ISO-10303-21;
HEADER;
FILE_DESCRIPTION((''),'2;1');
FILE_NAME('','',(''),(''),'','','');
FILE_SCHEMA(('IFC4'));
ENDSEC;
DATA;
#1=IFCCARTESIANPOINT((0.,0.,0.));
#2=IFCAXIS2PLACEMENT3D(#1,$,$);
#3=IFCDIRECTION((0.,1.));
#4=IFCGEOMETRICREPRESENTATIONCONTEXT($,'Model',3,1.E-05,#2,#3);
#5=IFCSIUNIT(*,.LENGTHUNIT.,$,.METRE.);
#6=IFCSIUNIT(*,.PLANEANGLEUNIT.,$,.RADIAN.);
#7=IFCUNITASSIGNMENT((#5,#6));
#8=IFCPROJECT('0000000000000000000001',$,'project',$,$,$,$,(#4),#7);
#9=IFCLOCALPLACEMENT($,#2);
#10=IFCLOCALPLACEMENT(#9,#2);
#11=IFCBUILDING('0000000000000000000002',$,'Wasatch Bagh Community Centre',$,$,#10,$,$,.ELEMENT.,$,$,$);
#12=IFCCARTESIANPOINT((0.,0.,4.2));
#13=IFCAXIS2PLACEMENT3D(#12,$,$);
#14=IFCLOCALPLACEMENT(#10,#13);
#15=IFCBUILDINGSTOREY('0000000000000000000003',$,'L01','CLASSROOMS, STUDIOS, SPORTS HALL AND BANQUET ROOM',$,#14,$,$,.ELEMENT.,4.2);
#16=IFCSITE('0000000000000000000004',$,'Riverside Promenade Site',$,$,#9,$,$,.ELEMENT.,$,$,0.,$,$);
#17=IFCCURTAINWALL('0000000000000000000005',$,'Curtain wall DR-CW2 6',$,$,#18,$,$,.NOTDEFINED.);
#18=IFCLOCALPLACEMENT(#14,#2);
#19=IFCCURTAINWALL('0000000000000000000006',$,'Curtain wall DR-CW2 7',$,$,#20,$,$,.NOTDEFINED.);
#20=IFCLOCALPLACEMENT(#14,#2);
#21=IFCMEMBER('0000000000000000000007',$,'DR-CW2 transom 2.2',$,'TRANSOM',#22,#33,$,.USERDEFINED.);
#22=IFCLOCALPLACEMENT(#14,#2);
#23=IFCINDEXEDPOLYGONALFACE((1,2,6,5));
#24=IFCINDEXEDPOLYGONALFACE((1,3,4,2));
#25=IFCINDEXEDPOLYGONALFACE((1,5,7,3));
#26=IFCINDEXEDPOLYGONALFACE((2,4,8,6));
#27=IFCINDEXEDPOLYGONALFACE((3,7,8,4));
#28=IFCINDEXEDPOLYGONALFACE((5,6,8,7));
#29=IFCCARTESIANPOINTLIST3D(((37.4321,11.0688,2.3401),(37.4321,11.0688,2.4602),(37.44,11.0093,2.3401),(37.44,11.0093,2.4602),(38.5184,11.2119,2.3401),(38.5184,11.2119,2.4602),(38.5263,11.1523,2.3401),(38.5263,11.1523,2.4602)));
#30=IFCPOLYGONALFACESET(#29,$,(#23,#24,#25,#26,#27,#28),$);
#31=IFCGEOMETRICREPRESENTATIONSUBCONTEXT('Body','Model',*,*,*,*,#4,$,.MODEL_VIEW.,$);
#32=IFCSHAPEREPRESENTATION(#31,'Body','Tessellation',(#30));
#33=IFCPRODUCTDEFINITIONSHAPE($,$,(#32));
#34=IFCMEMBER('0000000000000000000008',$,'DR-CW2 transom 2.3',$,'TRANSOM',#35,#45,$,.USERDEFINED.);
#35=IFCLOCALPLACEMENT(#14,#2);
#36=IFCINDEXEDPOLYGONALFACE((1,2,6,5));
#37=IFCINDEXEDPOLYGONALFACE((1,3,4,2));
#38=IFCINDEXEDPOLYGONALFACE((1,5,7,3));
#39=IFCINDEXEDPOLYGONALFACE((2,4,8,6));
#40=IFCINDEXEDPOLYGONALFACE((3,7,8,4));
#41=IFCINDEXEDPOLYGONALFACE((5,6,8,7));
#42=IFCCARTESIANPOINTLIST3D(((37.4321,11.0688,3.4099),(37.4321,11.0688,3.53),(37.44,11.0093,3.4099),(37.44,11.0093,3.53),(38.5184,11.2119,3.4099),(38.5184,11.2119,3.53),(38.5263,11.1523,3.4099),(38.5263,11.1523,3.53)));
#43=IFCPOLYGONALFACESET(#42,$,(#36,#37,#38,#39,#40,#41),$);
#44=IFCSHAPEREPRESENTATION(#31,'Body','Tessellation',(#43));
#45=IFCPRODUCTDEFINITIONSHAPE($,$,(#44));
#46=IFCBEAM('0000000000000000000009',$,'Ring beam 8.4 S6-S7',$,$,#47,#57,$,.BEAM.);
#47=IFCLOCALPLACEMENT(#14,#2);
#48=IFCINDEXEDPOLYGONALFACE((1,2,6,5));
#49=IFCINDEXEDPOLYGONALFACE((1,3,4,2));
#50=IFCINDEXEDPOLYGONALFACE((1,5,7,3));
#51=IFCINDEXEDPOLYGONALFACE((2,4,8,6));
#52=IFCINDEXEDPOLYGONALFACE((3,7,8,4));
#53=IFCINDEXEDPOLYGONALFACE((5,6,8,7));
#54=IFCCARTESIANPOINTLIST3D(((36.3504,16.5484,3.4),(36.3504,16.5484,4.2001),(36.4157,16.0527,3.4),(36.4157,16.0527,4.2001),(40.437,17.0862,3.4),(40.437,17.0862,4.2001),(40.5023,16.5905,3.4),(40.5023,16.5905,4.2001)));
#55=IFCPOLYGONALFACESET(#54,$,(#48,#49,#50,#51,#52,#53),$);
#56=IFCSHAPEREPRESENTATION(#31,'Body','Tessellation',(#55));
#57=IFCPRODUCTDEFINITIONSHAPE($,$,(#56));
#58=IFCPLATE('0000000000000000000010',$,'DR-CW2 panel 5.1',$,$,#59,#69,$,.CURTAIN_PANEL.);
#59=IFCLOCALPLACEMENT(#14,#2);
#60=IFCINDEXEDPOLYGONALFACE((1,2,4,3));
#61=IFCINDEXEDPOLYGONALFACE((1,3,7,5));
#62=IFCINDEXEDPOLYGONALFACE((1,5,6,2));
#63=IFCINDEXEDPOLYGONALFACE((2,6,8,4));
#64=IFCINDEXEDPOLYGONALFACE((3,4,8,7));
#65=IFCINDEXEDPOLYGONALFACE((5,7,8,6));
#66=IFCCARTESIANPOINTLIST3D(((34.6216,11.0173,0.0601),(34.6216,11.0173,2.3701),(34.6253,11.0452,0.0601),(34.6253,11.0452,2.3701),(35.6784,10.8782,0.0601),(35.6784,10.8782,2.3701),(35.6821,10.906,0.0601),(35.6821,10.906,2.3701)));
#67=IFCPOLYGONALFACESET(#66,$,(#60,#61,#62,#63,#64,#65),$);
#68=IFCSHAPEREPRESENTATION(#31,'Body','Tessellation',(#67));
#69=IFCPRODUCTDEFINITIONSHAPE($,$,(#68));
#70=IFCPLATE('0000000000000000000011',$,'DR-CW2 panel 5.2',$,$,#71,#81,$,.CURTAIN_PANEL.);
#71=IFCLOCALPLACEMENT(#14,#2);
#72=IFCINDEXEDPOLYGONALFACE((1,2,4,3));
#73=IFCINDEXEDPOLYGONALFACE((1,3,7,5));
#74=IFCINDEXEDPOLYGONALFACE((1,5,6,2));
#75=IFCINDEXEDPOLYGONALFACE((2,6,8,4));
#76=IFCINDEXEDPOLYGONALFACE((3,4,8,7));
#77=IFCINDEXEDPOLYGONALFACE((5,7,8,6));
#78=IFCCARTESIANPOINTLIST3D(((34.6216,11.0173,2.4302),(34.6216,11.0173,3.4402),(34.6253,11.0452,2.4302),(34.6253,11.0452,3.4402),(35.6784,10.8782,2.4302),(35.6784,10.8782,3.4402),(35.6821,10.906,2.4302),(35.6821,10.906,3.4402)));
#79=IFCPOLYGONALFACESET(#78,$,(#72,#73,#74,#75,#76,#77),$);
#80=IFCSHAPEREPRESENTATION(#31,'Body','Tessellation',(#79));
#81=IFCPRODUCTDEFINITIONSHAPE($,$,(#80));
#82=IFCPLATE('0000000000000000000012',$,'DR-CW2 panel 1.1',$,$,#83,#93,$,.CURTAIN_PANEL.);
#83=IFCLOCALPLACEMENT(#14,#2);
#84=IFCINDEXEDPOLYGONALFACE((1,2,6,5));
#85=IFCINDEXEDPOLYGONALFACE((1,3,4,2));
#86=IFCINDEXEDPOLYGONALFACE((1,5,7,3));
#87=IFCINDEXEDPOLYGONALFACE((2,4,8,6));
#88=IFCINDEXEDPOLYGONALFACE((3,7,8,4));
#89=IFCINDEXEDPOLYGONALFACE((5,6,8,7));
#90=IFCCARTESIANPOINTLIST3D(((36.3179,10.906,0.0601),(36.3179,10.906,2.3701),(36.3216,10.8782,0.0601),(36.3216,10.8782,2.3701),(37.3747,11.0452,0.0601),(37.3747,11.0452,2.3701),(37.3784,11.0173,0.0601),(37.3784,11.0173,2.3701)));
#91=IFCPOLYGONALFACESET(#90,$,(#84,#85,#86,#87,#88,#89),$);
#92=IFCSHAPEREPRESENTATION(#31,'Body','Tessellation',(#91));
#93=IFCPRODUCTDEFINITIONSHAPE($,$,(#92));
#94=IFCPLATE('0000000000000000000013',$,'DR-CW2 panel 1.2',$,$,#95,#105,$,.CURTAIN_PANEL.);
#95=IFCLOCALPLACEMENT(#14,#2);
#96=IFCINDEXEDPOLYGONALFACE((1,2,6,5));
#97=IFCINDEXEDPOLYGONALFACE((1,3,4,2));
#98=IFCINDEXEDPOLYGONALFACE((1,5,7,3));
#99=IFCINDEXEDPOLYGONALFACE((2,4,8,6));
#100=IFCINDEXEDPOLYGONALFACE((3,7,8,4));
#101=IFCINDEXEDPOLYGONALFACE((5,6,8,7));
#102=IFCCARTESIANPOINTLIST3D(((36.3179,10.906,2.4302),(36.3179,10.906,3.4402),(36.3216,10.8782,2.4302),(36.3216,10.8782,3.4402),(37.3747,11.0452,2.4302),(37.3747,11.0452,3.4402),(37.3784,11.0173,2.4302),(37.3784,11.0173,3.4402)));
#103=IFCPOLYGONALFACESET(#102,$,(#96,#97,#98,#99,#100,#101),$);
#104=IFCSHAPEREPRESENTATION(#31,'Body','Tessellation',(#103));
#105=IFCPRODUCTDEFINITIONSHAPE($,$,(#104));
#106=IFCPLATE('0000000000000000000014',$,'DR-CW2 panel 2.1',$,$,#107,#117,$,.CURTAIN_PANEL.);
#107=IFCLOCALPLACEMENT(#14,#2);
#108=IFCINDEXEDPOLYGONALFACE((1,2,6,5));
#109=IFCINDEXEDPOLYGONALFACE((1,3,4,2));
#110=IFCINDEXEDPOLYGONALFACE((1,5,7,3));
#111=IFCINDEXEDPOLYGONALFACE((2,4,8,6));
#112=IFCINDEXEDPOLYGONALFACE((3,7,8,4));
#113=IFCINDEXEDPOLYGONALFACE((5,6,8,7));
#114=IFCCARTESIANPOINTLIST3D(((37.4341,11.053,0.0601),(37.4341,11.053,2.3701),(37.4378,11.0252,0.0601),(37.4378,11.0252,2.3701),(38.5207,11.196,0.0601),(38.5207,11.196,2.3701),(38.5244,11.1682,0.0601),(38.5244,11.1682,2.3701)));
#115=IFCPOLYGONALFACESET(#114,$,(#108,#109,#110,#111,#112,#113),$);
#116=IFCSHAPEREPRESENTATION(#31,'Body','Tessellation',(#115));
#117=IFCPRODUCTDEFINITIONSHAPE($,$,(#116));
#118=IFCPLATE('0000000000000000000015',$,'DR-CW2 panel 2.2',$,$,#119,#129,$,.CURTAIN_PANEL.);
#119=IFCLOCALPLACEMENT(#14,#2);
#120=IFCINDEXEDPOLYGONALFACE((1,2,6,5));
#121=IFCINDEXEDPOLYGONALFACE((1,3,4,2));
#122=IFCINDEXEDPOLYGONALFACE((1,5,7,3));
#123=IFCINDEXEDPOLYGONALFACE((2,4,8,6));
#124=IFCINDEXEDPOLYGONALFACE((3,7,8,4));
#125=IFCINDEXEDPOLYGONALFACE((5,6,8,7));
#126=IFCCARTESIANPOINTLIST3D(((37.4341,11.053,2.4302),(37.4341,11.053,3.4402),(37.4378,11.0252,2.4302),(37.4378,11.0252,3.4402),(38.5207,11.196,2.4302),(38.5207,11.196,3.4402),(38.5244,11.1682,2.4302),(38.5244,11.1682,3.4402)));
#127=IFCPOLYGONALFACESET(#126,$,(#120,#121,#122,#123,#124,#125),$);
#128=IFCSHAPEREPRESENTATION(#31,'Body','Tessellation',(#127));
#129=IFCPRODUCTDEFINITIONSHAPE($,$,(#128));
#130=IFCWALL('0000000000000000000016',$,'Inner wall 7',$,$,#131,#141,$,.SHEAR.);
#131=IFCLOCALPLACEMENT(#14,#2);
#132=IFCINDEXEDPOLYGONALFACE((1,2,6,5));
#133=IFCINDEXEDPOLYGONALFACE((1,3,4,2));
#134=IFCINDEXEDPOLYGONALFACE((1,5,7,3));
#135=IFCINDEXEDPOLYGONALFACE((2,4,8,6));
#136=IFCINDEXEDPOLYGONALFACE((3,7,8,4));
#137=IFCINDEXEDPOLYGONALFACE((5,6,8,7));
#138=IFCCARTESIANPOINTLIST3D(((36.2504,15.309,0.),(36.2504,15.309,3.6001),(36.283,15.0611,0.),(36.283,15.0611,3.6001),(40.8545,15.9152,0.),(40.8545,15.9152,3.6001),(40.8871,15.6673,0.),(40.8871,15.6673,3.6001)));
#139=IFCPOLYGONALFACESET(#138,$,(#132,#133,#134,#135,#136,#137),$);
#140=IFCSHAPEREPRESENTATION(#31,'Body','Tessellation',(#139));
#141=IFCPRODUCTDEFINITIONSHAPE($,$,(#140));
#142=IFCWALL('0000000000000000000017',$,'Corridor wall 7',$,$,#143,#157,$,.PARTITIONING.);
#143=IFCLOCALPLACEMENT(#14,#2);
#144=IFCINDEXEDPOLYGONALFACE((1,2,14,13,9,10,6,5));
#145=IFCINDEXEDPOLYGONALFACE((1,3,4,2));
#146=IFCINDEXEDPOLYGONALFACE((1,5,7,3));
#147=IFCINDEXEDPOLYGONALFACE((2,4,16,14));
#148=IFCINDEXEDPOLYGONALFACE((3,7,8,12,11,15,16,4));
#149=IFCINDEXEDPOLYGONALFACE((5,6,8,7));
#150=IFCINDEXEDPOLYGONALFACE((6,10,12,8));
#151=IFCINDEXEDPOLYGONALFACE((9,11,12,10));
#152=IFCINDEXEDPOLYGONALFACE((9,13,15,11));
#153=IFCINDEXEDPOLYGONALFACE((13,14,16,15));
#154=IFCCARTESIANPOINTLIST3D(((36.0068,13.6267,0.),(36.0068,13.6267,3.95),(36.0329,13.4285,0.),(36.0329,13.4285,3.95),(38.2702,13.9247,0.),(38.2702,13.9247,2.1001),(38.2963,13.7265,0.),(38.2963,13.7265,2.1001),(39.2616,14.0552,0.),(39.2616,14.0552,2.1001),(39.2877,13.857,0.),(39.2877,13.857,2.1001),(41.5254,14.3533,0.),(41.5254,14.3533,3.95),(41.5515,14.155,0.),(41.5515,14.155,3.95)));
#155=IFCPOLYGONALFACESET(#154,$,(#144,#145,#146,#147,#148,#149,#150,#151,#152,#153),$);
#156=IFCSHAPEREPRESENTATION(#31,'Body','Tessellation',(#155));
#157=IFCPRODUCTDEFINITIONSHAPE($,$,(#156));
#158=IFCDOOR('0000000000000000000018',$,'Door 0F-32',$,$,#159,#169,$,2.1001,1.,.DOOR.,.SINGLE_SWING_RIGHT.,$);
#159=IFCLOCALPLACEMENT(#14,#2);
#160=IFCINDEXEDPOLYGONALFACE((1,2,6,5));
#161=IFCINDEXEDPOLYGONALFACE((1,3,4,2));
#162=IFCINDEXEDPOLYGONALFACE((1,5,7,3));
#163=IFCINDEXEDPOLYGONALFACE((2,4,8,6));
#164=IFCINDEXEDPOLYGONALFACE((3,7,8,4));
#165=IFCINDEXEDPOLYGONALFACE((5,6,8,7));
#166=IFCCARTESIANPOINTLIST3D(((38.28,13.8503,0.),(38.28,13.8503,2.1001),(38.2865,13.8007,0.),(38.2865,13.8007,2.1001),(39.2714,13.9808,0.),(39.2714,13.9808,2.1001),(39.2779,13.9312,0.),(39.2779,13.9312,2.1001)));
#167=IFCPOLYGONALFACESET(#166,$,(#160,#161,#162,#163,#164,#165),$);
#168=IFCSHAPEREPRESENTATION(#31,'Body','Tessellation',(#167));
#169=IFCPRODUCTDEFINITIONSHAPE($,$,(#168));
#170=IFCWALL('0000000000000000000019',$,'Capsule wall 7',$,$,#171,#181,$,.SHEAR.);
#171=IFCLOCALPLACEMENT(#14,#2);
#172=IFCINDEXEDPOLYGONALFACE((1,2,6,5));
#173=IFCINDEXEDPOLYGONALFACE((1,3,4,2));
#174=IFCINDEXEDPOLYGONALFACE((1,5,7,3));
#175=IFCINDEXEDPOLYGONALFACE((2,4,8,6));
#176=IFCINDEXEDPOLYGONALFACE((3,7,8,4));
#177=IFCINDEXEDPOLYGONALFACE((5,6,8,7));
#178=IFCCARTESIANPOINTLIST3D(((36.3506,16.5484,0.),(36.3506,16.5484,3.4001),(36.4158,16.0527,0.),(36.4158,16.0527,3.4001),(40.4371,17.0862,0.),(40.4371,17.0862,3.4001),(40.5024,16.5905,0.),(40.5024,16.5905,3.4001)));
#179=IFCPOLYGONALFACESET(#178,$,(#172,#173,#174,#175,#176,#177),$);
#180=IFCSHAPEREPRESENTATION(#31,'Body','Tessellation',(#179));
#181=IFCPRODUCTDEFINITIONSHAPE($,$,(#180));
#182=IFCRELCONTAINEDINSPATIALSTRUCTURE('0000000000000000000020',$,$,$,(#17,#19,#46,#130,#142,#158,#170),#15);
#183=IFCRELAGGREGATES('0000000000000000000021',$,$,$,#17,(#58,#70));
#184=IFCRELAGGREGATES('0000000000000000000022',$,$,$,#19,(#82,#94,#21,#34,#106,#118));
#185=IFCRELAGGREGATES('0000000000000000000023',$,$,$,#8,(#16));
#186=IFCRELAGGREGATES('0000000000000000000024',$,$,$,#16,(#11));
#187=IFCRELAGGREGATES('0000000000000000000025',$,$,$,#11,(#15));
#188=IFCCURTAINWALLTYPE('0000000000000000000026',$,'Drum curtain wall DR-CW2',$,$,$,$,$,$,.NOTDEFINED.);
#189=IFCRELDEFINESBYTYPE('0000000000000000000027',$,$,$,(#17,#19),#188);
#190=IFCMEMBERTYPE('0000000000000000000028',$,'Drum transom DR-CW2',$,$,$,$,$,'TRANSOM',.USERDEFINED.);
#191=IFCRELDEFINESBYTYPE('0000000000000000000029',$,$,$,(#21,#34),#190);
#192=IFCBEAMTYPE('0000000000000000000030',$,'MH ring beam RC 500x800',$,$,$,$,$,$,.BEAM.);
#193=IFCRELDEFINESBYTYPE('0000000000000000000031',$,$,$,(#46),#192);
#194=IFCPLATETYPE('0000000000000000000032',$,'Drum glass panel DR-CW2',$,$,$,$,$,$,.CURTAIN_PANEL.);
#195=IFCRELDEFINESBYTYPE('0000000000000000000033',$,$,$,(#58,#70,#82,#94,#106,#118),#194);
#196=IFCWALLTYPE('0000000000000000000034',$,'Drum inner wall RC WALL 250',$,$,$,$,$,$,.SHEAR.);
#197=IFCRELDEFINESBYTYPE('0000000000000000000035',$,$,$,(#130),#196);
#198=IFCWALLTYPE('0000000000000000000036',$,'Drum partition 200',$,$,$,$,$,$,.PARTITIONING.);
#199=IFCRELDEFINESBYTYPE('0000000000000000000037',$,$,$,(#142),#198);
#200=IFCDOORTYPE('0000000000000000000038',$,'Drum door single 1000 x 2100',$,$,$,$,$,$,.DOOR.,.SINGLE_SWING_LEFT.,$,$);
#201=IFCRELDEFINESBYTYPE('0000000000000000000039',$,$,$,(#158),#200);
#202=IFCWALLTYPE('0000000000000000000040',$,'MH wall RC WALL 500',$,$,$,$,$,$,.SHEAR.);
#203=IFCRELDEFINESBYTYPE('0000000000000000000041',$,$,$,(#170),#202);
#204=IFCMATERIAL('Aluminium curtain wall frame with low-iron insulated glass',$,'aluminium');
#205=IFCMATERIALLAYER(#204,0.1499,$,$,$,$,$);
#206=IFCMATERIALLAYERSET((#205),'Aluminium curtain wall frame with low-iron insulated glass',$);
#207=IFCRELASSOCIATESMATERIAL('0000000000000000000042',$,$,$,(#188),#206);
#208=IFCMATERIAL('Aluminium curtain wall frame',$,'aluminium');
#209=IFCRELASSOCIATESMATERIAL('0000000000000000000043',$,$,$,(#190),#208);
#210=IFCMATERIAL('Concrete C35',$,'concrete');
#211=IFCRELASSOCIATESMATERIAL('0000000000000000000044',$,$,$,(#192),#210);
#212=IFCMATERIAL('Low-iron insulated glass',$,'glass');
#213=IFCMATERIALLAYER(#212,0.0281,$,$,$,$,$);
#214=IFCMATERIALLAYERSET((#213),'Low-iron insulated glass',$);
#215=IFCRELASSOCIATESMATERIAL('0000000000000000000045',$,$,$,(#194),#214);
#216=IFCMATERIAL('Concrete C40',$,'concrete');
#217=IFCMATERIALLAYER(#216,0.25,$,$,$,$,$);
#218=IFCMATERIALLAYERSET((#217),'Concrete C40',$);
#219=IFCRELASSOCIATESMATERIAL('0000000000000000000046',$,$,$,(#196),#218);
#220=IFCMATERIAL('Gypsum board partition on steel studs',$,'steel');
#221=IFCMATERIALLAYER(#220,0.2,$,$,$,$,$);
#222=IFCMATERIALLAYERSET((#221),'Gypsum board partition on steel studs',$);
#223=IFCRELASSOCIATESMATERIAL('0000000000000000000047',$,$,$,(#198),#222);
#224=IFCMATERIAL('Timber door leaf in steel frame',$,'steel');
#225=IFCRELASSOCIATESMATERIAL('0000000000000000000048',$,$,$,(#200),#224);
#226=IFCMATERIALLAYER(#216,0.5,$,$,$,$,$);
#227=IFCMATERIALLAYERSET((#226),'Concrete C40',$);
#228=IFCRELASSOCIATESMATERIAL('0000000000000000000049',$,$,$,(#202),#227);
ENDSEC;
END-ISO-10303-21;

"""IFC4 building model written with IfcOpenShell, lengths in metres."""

from ifc_helpers import new_model, si_unit, direction, frame, frame_2d, origin, origin_2d, place, context, subcontext, project, spatial, rectangle, extrude, material, layer, layer_set, material_profile, profile_set, type_object, element, fill, aggregate, save


model = new_model("IFC4")

# Units and contexts
model_context = context("Model", 3, precision=1e-05, world=origin(), true_north=direction((0.0, 1.0)))
body_context = subcontext(model_context, "Body", "Model", "MODEL_VIEW")
ifc_project = project(units=[si_unit("LENGTHUNIT", "METRE"), si_unit("PLANEANGLEUNIT", "RADIAN")], contexts=[model_context])

# Site, building, storey
site_placement = place(None, origin())
site = spatial("IfcSite", under=ifc_project, at=site_placement, Name="Riverside Promenade Site", CompositionType="ELEMENT", RefElevation=0.0)
building_placement = place(site_placement, origin())
building = spatial("IfcBuilding", under=site, at=building_placement, Name="Wasatch Bagh Community Centre", CompositionType="ELEMENT")
storey_placement = place(building_placement, frame((0.0, 0.0, 4.2)))
storey = spatial("IfcBuildingStorey", under=building, at=storey_placement, Name="L01", Description="CLASSROOMS, STUDIOS, SPORTS HALL AND BANQUET ROOM", CompositionType="ELEMENT", Elevation=4.2)

# Shared definitions
ifc_material_1 = material(Name="Concrete C40", Category="concrete")

# Curtain wall
ifc_material_2 = material(Name="Aluminium curtain wall frame with low-iron insulated glass", Category="aluminium")
ifc_layer_1 = layer(ifc_material_2, 0.1499)
ifc_layer_set_1 = layer_set([ifc_layer_1], Name="Aluminium curtain wall frame with low-iron insulated glass")
curtain_wall_type = type_object("IfcCurtainWallType", Name="Drum curtain wall DR-CW2", PredefinedType="NOTDEFINED", material=ifc_layer_set_1)
curtain_wall_1_placement = place(storey_placement, origin())
curtain_wall_1 = element("IfcCurtainWall", 1, at=curtain_wall_1_placement, inside=storey, type_object=curtain_wall_type, Name="Curtain wall DR-CW2 6", PredefinedType="NOTDEFINED")
ifc_material_3 = material(Name="Aluminium curtain wall frame", Category="aluminium")

# Curtain wall
curtain_wall_2_placement = place(storey_placement, origin())
curtain_wall_2 = element("IfcCurtainWall", 2, at=curtain_wall_2_placement, inside=storey, type_object=curtain_wall_type, Name="Curtain wall DR-CW2 7", PredefinedType="NOTDEFINED")

# Shared definitions
ifc_material_4 = material(Name="Concrete C35", Category="concrete")

# Members
ifc_material_profile_1 = material_profile(ifc_material_3, rectangle(XDim=0.0601, YDim=0.1201, at=origin_2d()), Name="Drum transom DR-CW2")
ifc_profile_set_1 = profile_set([ifc_material_profile_1], Name="Aluminium curtain wall frame")
member_type_1 = type_object("IfcMemberType", Name="Drum transom DR-CW2", ElementType="TRANSOM", PredefinedType="USERDEFINED", material=ifc_profile_set_1)
member_1_placement = place(storey_placement, frame((37.436, 11.0391, 2.4001), z_axis=(0.991441, 0.130558, 0.0), x_axis=(-0.130558, 0.991441, 0.0)))
member_1 = element("IfcMember", 3, at=member_1_placement, type_object=member_type_1, Name="DR-CW2 transom 2.2", ObjectType="TRANSOM", PredefinedType="USERDEFINED", context=body_context, shape_type="SweptSolid", body=[
    extrude(rectangle(XDim=0.0601, YDim=0.1201, at=origin_2d()), origin(), (0.0, 0.0, 1.0), 1.0957),
])
member_2_placement = place(storey_placement, frame((37.436, 11.0391, 3.47), z_axis=(0.991441, 0.130558, 0.0), x_axis=(-0.130558, 0.991441, 0.0)))
member_2 = element("IfcMember", 4, at=member_2_placement, type_object=member_type_1, Name="DR-CW2 transom 2.3", ObjectType="TRANSOM", PredefinedType="USERDEFINED", context=body_context, shape_type="SweptSolid", body=[
    extrude(rectangle(XDim=0.0601, YDim=0.1201, at=origin_2d()), origin(), (0.0, 0.0, 1.0), 1.0957),
])

# Beam
ifc_material_profile_2 = material_profile(ifc_material_4, rectangle(XDim=0.5, YDim=0.8, at=origin_2d()), Name="RC 500x800")
ifc_profile_set_2 = profile_set([ifc_material_profile_2], Name="Concrete C35")
beam_type_1 = type_object("IfcBeamType", Name="MH ring beam RC 500x800", PredefinedType="BEAM", material=ifc_profile_set_2)
beam_1_placement = place(storey_placement, frame((36.3831, 16.3005, 3.8), z_axis=(0.99145, 0.130484, 0.0), x_axis=(-0.130484, 0.99145, 0.0)))
element("IfcBeam", 5, at=beam_1_placement, inside=storey, type_object=beam_type_1, Name="Ring beam 8.4 S6-S7", PredefinedType="BEAM", context=body_context, shape_type="SweptSolid", body=[
    extrude(rectangle(XDim=0.5, YDim=0.8, at=origin_2d()), origin(), (0.0, 0.0, 1.0), 4.1218),
])

# Plates
ifc_material_5 = material(Name="Low-iron insulated glass", Category="glass")
ifc_layer_2 = layer(ifc_material_5, 0.0281)
ifc_layer_set_2 = layer_set([ifc_layer_2], Name="Low-iron insulated glass")
plate_type = type_object("IfcPlateType", Name="Drum glass panel DR-CW2", PredefinedType="CURTAIN_PANEL", material=ifc_layer_set_2)
plate_1_placement = place(storey_placement, frame((35.1519, 10.9617, 0.0601), z_axis=(0.0, 0.0, 1.0), x_axis=(0.991445, -0.130526, 0.0)))
plate_1 = element("IfcPlate", 6, at=plate_1_placement, type_object=plate_type, Name="DR-CW2 panel 5.1", PredefinedType="CURTAIN_PANEL", context=body_context, shape_type="SweptSolid", body=[
    extrude(rectangle(XDim=1.0659, YDim=0.0281, at=origin_2d()), origin(), (0.0, 0.0, 1.0), 2.3101),
])
plate_2_placement = place(storey_placement, frame((35.1519, 10.9617, 2.4302), z_axis=(0.0, 0.0, 1.0), x_axis=(0.991445, -0.130526, 0.0)))
plate_2 = element("IfcPlate", 7, at=plate_2_placement, type_object=plate_type, Name="DR-CW2 panel 5.2", PredefinedType="CURTAIN_PANEL", context=body_context, shape_type="SweptSolid", body=[
    extrude(rectangle(XDim=1.0659, YDim=0.0281, at=origin_2d()), origin(), (0.0, 0.0, 1.0), 1.01),
])
aggregate(curtain_wall_1, [plate_1, plate_2])
plate_3_placement = place(storey_placement, frame((36.8481, 10.9617, 0.0601), z_axis=(0.0, 0.0, 1.0), x_axis=(0.991445, 0.130526, 0.0)))
plate_3 = element("IfcPlate", 8, at=plate_3_placement, type_object=plate_type, Name="DR-CW2 panel 1.1", PredefinedType="CURTAIN_PANEL", context=body_context, shape_type="SweptSolid", body=[
    extrude(rectangle(XDim=1.0659, YDim=0.0281, at=origin_2d()), origin(), (0.0, 0.0, 1.0), 2.3101),
])
plate_4_placement = place(storey_placement, frame((36.8481, 10.9617, 2.4302), z_axis=(0.0, 0.0, 1.0), x_axis=(0.991445, 0.130526, 0.0)))
plate_4 = element("IfcPlate", 9, at=plate_4_placement, type_object=plate_type, Name="DR-CW2 panel 1.2", PredefinedType="CURTAIN_PANEL", context=body_context, shape_type="SweptSolid", body=[
    extrude(rectangle(XDim=1.0659, YDim=0.0281, at=origin_2d()), origin(), (0.0, 0.0, 1.0), 1.01),
])
plate_5_placement = place(storey_placement, frame((37.9792, 11.1106, 0.0601), z_axis=(0.0, 0.0, 1.0), x_axis=(0.991445, 0.130526, 0.0)))
plate_5 = element("IfcPlate", 10, at=plate_5_placement, type_object=plate_type, Name="DR-CW2 panel 2.1", PredefinedType="CURTAIN_PANEL", context=body_context, shape_type="SweptSolid", body=[
    extrude(rectangle(XDim=1.0959, YDim=0.0281, at=origin_2d()), origin(), (0.0, 0.0, 1.0), 2.3101),
])
plate_6_placement = place(storey_placement, frame((37.9792, 11.1106, 2.4302), z_axis=(0.0, 0.0, 1.0), x_axis=(0.991445, 0.130526, 0.0)))
plate_6 = element("IfcPlate", 11, at=plate_6_placement, type_object=plate_type, Name="DR-CW2 panel 2.2", PredefinedType="CURTAIN_PANEL", context=body_context, shape_type="SweptSolid", body=[
    extrude(rectangle(XDim=1.0959, YDim=0.0281, at=origin_2d()), origin(), (0.0, 0.0, 1.0), 1.01),
])
aggregate(curtain_wall_2, [plate_3, plate_4, member_1, member_2, plate_5, plate_6])

# Wall
ifc_layer_3 = layer(ifc_material_1, 0.25)
ifc_layer_set_3 = layer_set([ifc_layer_3], Name="Concrete C40")
wall_type_1 = type_object("IfcWallType", Name="Drum inner wall RC WALL 250", PredefinedType="SHEAR", material=ifc_layer_set_3)
wall_1_placement = place(storey_placement, frame((36.2668, 15.1851, 0.0), z_axis=(0.0, 0.0, 1.0), x_axis=(0.991443, 0.130542, 0.0)))
element("IfcWall", 12, at=wall_1_placement, inside=storey, type_object=wall_type_1, Name="Inner wall 7", PredefinedType="SHEAR", context=body_context, shape_type="SweptSolid", body=[
    extrude(rectangle(XDim=4.6438, YDim=0.25, at=frame_2d((2.3218, 0.0))), origin(), (0.0, 0.0, 1.0), 3.6001),
])

# Wall, opening, door
ifc_material_6 = material(Name="Gypsum board partition on steel studs", Category="steel")
ifc_layer_4 = layer(ifc_material_6, 0.2)
ifc_layer_set_4 = layer_set([ifc_layer_4], Name="Gypsum board partition on steel studs")
wall_type_2 = type_object("IfcWallType", Name="Drum partition 200", PredefinedType="PARTITIONING", material=ifc_layer_set_4)
wall_2_placement = place(storey_placement, frame((36.0198, 13.5276, 0.0), z_axis=(0.0, 0.0, 1.0), x_axis=(0.991444, 0.130532, 0.0)))
wall_2 = element("IfcWall", 13, at=wall_2_placement, inside=storey, type_object=wall_type_2, Name="Corridor wall 7", PredefinedType="PARTITIONING", context=body_context, shape_type="SweptSolid", body=[
    extrude(rectangle(XDim=5.5662, YDim=0.2, at=frame_2d((2.7832, 0.0))), origin(), (0.0, 0.0, 1.0), 3.95),
])
opening_placement = place(wall_2_placement, frame((2.283, 0.0, 0.0)))
opening = element("IfcOpeningElement", 14, at=opening_placement, cuts=wall_2, PredefinedType="OPENING", context=body_context, shape_type="SweptSolid", body=[
    extrude(rectangle(XDim=1.0, YDim=2.1001, at=frame_2d((0.5, 1.05))), frame((0.0, 0.1099, 0.0), z_axis=(0.0, -1.0, 0.0), x_axis=(1.0, 0.0, 0.0)), (0.0, 0.0, 1.0), 0.22),
])
ifc_material_7 = material(Name="Timber door leaf in steel frame", Category="steel")
door_type = type_object("IfcDoorType", Name="Drum door single 1000 x 2100", OperationType="SINGLE_SWING_LEFT", PredefinedType="DOOR", material=ifc_material_7)
door_placement = place(opening_placement, origin())
door = element("IfcDoor", 15, at=door_placement, inside=storey, type_object=door_type, Name="Door 0F-32", OperationType="SINGLE_SWING_RIGHT", OverallHeight=2.1001, OverallWidth=1.0, PredefinedType="DOOR", context=body_context, shape_type="SweptSolid", body=[
    extrude(rectangle(XDim=1.0, YDim=2.1001, at=frame_2d((0.5, 1.05))), frame((0.0, 0.0249, 0.0), z_axis=(0.0, -1.0, 0.0), x_axis=(1.0, 0.0, 0.0)), (0.0, 0.0, 1.0), 0.05),
])
fill(opening, door)

# Wall
ifc_layer_5 = layer(ifc_material_1, 0.5)
ifc_layer_set_5 = layer_set([ifc_layer_5], Name="Concrete C40")
wall_type_3 = type_object("IfcWallType", Name="MH wall RC WALL 500", PredefinedType="SHEAR", material=ifc_layer_set_5)
wall_3_placement = place(storey_placement, frame((36.3831, 16.3005, 0.0), z_axis=(0.0, 0.0, 1.0), x_axis=(0.99145, 0.130484, 0.0)))
element("IfcWall", 16, at=wall_3_placement, inside=storey, type_object=wall_type_3, Name="Capsule wall 7", PredefinedType="SHEAR", context=body_context, shape_type="SweptSolid", body=[
    extrude(rectangle(XDim=4.1218, YDim=0.5, at=frame_2d((2.061, 0.0))), origin(), (0.0, 0.0, 1.0), 3.4001),
])

save(model, "model.ifc")
